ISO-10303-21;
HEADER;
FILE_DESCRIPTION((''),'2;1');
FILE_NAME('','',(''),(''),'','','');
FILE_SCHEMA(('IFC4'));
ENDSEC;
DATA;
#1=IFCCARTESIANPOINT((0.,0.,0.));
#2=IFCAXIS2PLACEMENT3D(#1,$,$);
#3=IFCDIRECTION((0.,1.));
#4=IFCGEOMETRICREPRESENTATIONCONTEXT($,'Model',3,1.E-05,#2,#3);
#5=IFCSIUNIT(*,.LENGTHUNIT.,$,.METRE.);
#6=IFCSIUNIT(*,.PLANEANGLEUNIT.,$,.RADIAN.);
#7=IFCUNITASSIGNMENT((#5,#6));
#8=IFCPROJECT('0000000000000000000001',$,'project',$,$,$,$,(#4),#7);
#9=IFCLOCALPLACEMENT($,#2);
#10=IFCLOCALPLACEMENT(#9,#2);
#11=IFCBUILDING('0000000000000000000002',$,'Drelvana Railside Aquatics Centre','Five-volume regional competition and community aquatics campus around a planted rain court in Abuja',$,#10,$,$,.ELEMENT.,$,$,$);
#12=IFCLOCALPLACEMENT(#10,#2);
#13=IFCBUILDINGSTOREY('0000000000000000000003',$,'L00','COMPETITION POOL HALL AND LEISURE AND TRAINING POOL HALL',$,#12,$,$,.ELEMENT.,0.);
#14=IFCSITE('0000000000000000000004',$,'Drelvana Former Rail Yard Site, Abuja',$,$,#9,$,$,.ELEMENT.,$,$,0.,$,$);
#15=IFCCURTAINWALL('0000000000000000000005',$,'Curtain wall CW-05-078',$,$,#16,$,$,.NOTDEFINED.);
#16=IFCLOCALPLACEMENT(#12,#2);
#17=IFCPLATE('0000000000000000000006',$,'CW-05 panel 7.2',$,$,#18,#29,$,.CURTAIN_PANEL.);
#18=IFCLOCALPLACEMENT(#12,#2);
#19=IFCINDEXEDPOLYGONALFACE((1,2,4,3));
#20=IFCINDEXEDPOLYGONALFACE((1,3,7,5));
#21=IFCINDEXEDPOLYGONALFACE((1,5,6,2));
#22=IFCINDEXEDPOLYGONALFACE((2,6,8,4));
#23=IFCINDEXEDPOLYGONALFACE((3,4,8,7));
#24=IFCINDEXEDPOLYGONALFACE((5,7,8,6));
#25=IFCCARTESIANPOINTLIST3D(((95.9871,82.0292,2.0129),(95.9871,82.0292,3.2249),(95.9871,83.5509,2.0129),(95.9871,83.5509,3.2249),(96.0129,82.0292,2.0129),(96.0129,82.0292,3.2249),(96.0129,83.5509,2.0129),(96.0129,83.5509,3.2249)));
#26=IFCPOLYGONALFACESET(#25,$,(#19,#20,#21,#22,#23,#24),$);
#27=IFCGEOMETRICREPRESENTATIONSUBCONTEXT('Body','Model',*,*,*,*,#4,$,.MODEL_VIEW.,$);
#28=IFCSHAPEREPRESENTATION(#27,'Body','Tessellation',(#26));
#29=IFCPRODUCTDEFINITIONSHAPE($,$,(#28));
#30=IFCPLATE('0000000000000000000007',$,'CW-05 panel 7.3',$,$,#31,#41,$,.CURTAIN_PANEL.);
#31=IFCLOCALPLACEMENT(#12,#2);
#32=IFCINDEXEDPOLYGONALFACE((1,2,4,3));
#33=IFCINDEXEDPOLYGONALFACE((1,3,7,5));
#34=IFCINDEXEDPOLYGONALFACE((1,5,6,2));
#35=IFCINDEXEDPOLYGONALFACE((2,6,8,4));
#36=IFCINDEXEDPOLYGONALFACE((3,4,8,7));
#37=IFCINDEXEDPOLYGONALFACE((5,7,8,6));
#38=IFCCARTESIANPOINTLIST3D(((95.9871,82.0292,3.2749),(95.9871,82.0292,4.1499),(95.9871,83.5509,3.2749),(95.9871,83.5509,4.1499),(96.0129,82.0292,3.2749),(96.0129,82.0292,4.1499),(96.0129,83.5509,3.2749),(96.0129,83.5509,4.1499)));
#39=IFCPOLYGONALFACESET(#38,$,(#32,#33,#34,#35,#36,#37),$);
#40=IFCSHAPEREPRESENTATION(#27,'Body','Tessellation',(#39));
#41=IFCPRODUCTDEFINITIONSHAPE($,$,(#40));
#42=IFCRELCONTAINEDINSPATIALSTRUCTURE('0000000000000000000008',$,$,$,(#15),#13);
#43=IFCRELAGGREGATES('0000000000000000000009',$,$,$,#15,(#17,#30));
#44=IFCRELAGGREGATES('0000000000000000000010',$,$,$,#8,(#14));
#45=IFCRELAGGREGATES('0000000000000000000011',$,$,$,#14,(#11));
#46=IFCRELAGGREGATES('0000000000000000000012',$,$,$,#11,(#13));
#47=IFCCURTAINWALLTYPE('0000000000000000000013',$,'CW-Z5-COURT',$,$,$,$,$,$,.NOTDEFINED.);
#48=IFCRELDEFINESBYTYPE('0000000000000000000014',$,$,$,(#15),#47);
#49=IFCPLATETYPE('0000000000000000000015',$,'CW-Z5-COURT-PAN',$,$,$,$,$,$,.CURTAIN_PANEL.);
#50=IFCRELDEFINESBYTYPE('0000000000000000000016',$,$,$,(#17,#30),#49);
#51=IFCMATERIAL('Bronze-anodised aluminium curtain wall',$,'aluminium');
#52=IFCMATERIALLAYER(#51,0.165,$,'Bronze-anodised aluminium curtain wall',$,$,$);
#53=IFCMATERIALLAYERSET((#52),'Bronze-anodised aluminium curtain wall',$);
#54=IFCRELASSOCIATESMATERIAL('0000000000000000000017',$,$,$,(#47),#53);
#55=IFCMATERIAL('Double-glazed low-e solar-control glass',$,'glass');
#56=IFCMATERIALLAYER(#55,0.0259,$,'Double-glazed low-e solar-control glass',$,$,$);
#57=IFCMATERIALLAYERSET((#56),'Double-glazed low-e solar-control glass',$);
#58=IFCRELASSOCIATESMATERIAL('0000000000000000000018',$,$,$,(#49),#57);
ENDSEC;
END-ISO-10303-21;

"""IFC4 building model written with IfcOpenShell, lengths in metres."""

from ifc_helpers import new_model, si_unit, direction, frame, origin, origin_2d, place, context, subcontext, project, spatial, rectangle, extrude, material, layer, layer_set, type_object, element, aggregate, save


model = new_model("IFC4")

# Units and contexts
model_context = context("Model", 3, precision=1e-05, world=origin(), true_north=direction((0.0, 1.0)))
body_context = subcontext(model_context, "Body", "Model", "MODEL_VIEW")
ifc_project = project(units=[si_unit("LENGTHUNIT", "METRE"), si_unit("PLANEANGLEUNIT", "RADIAN")], contexts=[model_context])

# Site, building, storey
site_placement = place(None, origin())
site = spatial("IfcSite", under=ifc_project, at=site_placement, Name="Drelvana Former Rail Yard Site, Abuja", CompositionType="ELEMENT", RefElevation=0.0)
building_placement = place(site_placement, origin())
building = spatial("IfcBuilding", under=site, at=building_placement, Name="Drelvana Railside Aquatics Centre", Description="Five-volume regional competition and community aquatics campus around a planted rain court in Abuja", CompositionType="ELEMENT")
storey_placement = place(building_placement, origin())
storey = spatial("IfcBuildingStorey", under=building, at=storey_placement, Name="L00", Description="COMPETITION POOL HALL AND LEISURE AND TRAINING POOL HALL", CompositionType="ELEMENT", Elevation=0.0)

# Curtain wall, plates
ifc_material_1 = material(Name="Bronze-anodised aluminium curtain wall", Category="aluminium")
ifc_layer_1 = layer(ifc_material_1, 0.165, Name="Bronze-anodised aluminium curtain wall")
ifc_layer_set_1 = layer_set([ifc_layer_1], Name="Bronze-anodised aluminium curtain wall")
curtain_wall_type = type_object("IfcCurtainWallType", Name="CW-Z5-COURT", PredefinedType="NOTDEFINED", material=ifc_layer_set_1)
curtain_wall_placement = place(storey_placement, origin())
curtain_wall = element("IfcCurtainWall", 1, at=curtain_wall_placement, inside=storey, type_object=curtain_wall_type, Name="Curtain wall CW-05-078", PredefinedType="NOTDEFINED")
ifc_material_2 = material(Name="Double-glazed low-e solar-control glass", Category="glass")
ifc_layer_2 = layer(ifc_material_2, 0.0259, Name="Double-glazed low-e solar-control glass")
ifc_layer_set_2 = layer_set([ifc_layer_2], Name="Double-glazed low-e solar-control glass")
plate_type = type_object("IfcPlateType", Name="CW-Z5-COURT-PAN", PredefinedType="CURTAIN_PANEL", material=ifc_layer_set_2)
plate_1_placement = place(storey_placement, frame((96.0, 82.79, 2.0129), z_axis=(0.0, 0.0, 1.0), x_axis=(0.0, 1.0, 0.0)))
plate_1 = element("IfcPlate", 2, at=plate_1_placement, type_object=plate_type, Name="CW-05 panel 7.2", PredefinedType="CURTAIN_PANEL", context=body_context, shape_type="SweptSolid", body=[
    extrude(rectangle(XDim=1.5217, YDim=0.0259, at=origin_2d()), origin(), (0.0, 0.0, 1.0), 1.2119),
])
plate_2_placement = place(storey_placement, frame((96.0, 82.79, 3.2749), z_axis=(0.0, 0.0, 1.0), x_axis=(0.0, 1.0, 0.0)))
plate_2 = element("IfcPlate", 3, at=plate_2_placement, type_object=plate_type, Name="CW-05 panel 7.3", PredefinedType="CURTAIN_PANEL", context=body_context, shape_type="SweptSolid", body=[
    extrude(rectangle(XDim=1.5217, YDim=0.0259, at=origin_2d()), origin(), (0.0, 0.0, 1.0), 0.875),
])
aggregate(curtain_wall, [plate_1, plate_2])

save(model, "model.ifc")
